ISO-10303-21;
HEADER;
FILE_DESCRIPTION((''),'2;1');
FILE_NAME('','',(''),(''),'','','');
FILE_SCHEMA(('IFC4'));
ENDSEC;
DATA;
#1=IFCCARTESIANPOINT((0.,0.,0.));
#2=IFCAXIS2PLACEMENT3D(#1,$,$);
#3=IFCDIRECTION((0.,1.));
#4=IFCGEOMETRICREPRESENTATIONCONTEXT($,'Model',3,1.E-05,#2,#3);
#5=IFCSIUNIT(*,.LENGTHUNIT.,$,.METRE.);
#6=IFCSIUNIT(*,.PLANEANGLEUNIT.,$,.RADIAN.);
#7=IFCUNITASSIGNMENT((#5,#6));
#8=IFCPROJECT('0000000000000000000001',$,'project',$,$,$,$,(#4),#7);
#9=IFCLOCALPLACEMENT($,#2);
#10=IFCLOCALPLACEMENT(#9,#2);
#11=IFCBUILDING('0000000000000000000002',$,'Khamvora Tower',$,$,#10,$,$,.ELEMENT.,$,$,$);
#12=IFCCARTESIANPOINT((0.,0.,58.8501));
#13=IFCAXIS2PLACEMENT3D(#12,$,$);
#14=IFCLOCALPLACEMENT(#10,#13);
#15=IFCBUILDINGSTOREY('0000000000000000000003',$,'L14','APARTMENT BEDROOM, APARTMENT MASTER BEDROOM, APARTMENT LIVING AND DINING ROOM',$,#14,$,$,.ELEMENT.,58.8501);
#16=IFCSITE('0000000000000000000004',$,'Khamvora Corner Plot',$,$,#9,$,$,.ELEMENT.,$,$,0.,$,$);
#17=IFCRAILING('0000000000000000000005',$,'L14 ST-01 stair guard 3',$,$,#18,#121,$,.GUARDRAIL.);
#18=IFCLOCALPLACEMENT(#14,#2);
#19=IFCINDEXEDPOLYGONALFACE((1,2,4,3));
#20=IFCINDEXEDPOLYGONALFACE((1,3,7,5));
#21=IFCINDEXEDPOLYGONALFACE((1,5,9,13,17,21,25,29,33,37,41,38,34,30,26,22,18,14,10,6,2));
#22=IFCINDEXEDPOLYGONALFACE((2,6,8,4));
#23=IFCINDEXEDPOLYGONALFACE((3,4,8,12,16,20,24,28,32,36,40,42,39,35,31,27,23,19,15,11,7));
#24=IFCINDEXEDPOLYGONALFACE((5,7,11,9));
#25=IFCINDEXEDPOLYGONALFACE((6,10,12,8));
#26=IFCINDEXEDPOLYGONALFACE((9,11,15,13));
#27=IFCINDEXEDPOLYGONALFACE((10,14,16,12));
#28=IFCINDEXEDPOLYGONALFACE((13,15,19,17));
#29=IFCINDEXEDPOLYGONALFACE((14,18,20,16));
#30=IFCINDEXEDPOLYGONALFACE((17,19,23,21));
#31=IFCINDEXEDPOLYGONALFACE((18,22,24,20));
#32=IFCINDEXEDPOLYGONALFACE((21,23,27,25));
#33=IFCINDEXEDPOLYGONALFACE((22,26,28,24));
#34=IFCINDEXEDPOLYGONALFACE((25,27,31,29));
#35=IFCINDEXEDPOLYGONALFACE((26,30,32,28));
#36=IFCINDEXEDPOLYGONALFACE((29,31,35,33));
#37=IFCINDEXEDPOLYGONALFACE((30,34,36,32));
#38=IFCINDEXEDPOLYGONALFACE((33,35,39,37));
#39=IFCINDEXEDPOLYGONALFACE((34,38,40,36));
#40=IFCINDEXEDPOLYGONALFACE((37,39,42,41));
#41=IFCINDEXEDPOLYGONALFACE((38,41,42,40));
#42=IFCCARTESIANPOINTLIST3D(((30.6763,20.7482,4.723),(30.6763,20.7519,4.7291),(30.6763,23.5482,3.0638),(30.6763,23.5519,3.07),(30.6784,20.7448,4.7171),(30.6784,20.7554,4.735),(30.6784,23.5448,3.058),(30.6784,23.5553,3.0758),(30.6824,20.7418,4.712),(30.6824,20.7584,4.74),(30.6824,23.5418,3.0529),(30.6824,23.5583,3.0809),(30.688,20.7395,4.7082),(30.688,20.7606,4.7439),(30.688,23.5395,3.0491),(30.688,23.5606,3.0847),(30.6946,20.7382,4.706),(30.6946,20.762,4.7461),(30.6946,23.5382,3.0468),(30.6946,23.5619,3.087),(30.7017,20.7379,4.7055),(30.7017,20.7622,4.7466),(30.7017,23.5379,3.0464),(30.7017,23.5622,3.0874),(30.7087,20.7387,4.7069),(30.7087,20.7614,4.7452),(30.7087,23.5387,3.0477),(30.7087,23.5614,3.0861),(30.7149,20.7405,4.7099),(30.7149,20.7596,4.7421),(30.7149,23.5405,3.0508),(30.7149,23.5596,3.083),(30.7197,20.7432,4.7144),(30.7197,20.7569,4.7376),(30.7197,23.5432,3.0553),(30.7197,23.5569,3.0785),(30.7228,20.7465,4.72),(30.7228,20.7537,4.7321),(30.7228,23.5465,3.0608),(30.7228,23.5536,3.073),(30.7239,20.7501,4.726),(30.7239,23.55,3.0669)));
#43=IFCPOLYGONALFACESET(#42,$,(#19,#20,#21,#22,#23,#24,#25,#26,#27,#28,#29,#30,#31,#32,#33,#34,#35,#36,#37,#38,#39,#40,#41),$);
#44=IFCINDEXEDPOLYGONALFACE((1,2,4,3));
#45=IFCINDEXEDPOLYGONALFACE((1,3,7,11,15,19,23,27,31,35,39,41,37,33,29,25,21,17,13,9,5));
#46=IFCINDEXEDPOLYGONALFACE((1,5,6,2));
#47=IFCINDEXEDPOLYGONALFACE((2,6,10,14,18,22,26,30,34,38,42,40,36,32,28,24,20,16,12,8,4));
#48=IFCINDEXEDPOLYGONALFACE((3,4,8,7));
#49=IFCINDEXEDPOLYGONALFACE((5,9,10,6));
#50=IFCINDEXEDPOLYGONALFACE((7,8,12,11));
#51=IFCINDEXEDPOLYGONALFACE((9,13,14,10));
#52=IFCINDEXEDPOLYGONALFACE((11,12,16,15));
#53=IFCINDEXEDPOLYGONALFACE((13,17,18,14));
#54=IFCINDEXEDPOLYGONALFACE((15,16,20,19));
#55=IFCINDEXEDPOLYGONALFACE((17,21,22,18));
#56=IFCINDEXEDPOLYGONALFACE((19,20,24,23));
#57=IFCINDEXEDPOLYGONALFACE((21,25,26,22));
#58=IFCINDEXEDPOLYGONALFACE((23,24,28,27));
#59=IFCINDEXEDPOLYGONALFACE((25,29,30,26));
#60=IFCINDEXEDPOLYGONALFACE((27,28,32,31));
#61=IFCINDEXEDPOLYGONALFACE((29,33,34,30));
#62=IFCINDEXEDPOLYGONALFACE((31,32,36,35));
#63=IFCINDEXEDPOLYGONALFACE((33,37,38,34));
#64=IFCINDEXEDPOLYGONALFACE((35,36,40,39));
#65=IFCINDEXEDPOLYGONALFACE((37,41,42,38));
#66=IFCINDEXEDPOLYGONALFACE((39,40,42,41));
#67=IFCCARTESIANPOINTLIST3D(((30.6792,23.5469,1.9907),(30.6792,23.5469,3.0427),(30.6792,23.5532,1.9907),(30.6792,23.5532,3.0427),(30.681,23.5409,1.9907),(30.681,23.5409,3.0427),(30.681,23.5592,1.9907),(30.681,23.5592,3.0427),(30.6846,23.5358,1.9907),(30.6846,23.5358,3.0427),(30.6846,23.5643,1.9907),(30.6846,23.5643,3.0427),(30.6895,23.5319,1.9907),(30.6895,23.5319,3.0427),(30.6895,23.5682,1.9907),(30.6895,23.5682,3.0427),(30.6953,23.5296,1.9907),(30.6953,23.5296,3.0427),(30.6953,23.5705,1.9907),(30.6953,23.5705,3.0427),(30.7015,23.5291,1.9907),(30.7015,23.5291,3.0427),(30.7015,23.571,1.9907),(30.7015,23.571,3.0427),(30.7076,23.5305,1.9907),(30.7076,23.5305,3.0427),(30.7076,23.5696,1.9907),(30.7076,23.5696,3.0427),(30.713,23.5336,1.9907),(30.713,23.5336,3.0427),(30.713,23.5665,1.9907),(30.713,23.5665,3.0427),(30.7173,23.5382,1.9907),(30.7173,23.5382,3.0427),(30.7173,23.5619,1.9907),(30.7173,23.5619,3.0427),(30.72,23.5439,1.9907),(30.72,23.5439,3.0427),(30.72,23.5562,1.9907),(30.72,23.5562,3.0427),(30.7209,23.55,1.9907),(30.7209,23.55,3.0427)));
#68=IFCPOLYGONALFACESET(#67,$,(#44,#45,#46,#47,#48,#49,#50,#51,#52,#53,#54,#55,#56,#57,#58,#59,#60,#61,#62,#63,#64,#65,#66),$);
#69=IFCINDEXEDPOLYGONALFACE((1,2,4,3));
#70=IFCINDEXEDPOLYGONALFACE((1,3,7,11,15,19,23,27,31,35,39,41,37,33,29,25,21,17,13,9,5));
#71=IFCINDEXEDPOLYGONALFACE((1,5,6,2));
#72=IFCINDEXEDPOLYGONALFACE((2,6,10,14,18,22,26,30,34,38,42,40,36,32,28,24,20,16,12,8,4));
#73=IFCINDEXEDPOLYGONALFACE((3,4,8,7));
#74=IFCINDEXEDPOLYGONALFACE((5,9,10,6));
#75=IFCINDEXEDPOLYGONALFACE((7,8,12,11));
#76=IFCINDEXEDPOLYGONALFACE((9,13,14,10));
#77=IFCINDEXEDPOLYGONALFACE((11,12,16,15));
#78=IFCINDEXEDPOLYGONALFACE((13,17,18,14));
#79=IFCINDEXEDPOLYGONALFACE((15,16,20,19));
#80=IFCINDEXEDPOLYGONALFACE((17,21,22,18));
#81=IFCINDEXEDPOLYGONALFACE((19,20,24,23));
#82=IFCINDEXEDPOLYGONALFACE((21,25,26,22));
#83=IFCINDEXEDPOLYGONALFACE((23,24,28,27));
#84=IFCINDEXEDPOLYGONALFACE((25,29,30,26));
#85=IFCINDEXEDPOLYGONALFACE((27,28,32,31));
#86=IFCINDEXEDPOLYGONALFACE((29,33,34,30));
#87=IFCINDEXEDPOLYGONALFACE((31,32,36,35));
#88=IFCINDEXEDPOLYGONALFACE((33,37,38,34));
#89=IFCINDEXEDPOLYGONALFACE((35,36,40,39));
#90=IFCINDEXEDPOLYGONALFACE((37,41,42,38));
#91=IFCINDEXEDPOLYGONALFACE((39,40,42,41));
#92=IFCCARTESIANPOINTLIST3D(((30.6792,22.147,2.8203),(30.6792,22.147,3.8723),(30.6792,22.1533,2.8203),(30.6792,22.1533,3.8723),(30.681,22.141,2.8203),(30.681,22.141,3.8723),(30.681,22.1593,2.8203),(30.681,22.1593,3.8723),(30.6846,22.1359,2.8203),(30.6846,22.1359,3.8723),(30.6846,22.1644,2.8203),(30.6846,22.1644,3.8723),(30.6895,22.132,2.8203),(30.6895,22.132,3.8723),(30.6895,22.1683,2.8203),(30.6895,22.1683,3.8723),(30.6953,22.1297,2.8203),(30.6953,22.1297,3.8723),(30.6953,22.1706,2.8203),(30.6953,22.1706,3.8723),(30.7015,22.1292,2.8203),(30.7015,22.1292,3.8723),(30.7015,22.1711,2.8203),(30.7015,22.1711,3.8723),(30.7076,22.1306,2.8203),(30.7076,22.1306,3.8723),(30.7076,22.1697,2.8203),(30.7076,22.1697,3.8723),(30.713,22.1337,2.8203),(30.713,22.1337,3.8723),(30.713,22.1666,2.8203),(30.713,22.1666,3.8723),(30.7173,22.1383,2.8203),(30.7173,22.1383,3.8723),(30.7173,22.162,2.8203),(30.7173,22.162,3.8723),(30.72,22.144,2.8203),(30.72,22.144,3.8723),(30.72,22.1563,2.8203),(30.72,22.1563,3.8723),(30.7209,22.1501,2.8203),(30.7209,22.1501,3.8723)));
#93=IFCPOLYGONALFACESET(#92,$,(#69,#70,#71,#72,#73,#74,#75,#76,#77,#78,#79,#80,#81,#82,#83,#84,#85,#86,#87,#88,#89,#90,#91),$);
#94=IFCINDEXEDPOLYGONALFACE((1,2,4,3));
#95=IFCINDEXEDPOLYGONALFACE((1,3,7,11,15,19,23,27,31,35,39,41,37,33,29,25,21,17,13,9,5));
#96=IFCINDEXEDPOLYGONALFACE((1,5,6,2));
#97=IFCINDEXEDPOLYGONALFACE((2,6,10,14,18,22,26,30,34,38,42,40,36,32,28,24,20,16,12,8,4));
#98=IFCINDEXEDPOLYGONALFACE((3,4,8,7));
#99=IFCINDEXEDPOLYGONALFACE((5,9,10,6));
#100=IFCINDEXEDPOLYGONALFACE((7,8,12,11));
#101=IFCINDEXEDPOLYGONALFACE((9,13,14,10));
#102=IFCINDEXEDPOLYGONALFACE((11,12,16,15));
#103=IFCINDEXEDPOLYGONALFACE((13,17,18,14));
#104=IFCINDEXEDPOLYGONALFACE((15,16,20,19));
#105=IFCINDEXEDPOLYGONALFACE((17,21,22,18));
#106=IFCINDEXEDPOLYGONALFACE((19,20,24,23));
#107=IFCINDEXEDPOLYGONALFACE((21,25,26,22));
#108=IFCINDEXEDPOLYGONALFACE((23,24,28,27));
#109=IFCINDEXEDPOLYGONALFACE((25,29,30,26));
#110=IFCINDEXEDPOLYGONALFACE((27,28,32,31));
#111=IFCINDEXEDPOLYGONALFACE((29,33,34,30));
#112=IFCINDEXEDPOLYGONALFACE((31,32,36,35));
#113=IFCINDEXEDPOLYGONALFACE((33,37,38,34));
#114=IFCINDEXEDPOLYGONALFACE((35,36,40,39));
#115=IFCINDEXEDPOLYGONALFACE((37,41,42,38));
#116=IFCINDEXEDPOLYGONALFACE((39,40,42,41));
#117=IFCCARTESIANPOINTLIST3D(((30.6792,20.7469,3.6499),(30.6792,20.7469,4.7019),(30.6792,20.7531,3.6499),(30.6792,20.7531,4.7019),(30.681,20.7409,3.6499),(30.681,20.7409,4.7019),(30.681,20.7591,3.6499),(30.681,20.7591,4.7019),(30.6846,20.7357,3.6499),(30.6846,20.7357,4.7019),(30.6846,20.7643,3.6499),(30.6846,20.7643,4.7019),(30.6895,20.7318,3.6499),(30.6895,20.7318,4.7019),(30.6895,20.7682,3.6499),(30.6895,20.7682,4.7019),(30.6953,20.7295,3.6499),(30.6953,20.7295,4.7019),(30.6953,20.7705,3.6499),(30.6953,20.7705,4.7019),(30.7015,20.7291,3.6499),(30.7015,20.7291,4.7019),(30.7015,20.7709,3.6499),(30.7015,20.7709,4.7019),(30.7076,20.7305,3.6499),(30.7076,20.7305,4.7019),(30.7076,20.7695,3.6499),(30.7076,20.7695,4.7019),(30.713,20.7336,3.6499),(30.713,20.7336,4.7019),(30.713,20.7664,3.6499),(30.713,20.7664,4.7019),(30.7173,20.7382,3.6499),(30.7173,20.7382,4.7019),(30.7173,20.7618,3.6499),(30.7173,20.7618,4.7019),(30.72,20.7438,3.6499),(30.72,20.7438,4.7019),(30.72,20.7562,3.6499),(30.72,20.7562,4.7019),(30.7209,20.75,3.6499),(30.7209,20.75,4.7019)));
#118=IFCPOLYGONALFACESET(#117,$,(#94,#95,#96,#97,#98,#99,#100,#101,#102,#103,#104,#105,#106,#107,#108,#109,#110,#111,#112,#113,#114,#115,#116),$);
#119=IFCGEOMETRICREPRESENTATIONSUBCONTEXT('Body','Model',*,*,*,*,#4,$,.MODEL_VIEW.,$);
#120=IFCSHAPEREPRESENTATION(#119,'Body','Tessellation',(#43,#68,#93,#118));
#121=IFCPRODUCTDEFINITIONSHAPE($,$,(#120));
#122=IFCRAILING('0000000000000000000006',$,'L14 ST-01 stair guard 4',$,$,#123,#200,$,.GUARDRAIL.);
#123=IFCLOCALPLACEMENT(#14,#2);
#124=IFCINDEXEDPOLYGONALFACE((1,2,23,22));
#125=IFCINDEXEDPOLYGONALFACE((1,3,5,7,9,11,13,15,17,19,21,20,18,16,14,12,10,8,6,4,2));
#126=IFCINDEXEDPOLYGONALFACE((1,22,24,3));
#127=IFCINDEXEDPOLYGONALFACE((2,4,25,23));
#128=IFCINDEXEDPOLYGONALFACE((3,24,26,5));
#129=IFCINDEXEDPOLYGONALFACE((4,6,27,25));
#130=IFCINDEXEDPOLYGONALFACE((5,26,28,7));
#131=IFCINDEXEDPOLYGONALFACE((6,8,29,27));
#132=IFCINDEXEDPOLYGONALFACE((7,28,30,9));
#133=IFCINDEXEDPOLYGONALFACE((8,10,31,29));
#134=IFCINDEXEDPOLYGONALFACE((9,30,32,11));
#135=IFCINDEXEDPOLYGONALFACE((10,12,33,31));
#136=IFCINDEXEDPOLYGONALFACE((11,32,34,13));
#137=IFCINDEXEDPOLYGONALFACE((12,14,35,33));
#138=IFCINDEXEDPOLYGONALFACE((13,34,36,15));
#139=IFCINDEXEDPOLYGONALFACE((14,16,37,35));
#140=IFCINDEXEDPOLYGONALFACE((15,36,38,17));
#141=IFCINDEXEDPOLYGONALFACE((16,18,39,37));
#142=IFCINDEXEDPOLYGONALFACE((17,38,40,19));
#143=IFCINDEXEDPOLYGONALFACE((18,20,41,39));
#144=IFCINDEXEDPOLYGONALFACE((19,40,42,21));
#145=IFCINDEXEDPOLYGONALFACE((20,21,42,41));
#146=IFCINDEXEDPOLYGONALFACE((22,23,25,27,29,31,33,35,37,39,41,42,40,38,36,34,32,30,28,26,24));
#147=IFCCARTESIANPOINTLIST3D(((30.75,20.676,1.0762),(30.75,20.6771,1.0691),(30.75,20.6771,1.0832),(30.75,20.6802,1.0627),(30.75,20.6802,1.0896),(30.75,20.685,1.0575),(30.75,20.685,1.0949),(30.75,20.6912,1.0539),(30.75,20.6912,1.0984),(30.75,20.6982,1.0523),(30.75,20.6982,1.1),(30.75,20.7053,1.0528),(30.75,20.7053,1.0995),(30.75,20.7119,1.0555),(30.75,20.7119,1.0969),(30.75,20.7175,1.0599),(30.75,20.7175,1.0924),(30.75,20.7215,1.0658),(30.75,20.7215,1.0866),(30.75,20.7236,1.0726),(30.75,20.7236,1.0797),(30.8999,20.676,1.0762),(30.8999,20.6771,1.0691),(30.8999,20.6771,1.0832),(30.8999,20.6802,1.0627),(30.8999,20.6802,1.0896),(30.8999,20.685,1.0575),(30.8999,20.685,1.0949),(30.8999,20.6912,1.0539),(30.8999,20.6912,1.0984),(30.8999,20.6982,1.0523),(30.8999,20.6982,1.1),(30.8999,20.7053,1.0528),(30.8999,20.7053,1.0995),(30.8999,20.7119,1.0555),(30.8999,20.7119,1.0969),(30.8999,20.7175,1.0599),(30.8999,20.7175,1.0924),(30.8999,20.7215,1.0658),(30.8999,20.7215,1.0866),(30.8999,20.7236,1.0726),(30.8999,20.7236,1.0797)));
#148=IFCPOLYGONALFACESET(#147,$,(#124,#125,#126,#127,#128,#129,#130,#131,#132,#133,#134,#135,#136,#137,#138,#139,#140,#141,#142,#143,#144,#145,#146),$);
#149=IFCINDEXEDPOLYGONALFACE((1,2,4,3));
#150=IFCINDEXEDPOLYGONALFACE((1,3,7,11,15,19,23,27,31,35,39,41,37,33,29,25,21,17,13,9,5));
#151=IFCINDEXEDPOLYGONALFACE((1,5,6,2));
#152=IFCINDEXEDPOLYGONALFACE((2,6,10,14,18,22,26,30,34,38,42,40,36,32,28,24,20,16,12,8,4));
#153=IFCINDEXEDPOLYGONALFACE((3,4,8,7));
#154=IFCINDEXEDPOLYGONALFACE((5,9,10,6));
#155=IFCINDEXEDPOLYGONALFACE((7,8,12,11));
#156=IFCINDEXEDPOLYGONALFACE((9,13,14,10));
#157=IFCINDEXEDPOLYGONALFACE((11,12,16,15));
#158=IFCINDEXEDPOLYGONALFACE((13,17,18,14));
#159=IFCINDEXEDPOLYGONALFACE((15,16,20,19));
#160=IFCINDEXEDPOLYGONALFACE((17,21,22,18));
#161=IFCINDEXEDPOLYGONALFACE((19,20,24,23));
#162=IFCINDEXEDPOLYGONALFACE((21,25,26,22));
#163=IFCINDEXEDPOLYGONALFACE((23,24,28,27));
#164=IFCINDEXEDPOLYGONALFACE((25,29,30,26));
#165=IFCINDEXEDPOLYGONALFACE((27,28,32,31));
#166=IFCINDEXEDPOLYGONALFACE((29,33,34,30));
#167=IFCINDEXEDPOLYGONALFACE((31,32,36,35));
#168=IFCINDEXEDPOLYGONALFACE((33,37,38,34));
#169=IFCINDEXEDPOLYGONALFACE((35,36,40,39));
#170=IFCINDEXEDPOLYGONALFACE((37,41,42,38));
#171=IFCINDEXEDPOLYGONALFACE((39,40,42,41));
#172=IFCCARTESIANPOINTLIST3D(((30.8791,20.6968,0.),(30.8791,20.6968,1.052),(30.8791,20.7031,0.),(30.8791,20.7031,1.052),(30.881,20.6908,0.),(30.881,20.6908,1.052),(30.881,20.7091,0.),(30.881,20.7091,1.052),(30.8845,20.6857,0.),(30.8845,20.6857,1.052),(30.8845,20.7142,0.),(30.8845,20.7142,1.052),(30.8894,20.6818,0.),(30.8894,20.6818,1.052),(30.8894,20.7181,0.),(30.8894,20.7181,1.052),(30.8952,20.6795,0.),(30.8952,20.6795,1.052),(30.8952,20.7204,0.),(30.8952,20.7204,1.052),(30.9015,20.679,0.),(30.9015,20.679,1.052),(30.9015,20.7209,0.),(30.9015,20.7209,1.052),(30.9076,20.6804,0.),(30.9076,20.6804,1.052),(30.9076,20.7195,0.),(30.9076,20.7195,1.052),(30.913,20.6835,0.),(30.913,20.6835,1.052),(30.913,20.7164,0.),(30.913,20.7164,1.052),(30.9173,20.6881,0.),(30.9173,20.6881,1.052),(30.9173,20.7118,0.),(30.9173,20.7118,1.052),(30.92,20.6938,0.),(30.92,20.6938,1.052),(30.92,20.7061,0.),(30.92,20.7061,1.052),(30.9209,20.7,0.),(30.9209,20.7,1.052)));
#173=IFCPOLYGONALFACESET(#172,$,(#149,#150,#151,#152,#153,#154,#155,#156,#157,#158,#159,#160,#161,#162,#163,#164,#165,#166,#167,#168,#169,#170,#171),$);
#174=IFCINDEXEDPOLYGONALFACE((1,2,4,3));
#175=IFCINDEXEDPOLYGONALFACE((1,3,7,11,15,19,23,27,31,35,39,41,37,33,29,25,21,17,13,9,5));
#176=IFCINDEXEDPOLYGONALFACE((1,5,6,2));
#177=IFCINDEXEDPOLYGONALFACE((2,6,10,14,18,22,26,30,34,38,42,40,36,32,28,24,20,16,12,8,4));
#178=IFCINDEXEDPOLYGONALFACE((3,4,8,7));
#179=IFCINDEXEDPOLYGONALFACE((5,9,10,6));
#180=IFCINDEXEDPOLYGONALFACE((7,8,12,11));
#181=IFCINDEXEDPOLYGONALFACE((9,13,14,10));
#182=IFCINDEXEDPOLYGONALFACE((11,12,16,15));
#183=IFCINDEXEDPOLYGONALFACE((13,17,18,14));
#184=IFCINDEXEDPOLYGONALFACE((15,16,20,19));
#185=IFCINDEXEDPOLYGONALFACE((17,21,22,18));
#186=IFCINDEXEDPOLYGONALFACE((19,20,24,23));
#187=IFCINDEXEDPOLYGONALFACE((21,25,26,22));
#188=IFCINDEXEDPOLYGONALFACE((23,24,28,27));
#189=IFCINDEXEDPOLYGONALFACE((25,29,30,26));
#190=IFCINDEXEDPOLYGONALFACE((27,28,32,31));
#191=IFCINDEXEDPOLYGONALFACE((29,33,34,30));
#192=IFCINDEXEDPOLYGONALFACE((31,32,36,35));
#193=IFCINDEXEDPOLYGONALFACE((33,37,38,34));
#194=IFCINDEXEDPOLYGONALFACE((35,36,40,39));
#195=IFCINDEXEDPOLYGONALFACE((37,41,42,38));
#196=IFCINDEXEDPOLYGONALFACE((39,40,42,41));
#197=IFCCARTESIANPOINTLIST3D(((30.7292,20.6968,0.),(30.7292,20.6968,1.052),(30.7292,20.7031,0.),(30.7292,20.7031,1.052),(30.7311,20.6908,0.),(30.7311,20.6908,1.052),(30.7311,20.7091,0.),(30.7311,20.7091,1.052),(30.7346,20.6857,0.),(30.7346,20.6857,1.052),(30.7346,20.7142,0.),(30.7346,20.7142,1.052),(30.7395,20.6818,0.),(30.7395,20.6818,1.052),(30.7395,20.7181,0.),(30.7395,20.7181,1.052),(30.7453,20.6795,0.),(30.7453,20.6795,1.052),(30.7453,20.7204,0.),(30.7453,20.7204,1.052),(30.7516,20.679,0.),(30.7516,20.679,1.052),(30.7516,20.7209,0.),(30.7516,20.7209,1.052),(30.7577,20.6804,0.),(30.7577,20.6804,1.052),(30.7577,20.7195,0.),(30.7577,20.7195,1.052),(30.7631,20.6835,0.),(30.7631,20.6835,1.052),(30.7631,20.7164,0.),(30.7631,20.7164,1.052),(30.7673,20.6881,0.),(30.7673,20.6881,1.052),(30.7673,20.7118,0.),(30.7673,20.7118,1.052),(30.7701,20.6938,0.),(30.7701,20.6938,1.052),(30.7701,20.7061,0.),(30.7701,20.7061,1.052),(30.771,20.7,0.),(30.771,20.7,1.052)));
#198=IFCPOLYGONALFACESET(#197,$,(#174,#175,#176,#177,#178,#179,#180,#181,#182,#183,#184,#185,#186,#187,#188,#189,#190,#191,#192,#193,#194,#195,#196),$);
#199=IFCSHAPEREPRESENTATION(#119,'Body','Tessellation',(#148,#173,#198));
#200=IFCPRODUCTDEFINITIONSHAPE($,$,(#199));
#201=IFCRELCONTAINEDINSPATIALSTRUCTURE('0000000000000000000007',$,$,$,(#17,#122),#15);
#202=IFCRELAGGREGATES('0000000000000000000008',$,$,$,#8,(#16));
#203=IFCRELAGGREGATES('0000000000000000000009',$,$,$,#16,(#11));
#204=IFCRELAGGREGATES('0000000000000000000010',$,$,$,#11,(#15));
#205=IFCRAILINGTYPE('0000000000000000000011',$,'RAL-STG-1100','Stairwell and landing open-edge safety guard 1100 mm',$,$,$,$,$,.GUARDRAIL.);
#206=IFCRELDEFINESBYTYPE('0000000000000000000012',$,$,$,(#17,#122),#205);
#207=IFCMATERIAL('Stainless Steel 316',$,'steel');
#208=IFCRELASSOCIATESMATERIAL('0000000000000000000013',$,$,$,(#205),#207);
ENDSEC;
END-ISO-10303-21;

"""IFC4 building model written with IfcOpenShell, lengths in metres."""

from ifc_helpers import new_model, si_unit, direction, frame, origin, origin_2d, place, context, subcontext, project, spatial, circle, extrude, material, type_object, element, save


model = new_model("IFC4")

# Units and contexts
model_context = context("Model", 3, precision=1e-05, world=origin(), true_north=direction((0.0, 1.0)))
body_context = subcontext(model_context, "Body", "Model", "MODEL_VIEW")
ifc_project = project(units=[si_unit("LENGTHUNIT", "METRE"), si_unit("PLANEANGLEUNIT", "RADIAN")], contexts=[model_context])

# Site, building, storey
site_placement = place(None, origin())
site = spatial("IfcSite", under=ifc_project, at=site_placement, Name="Khamvora Corner Plot", CompositionType="ELEMENT", RefElevation=0.0)
building_placement = place(site_placement, origin())
building = spatial("IfcBuilding", under=site, at=building_placement, Name="Khamvora Tower", CompositionType="ELEMENT")
storey_placement = place(building_placement, frame((0.0, 0.0, 58.8501)))
storey = spatial("IfcBuildingStorey", under=building, at=storey_placement, Name="L14", Description="APARTMENT BEDROOM, APARTMENT MASTER BEDROOM, APARTMENT LIVING AND DINING ROOM", CompositionType="ELEMENT", Elevation=58.8501)

# Railings
ifc_material_1 = material(Name="Stainless Steel 316", Category="steel")
railing_type_1 = type_object("IfcRailingType", Name="RAL-STG-1100", Description="Stairwell and landing open-edge safety guard 1100 mm", PredefinedType="GUARDRAIL", material=ifc_material_1)
railing_1_placement = place(storey_placement, frame((30.7, 23.55, 1.9907)))
element("IfcRailing", 1, at=railing_1_placement, inside=storey, type_object=railing_type_1, Name="L14 ST-01 stair guard 3", PredefinedType="GUARDRAIL", context=body_context, shape_type="SweptSolid", body=[
    extrude(circle(Radius=0.0239, at=origin_2d()), frame((0.0, 0.0, 1.0762), z_axis=(0.0, -0.860306, 0.509778), x_axis=(1.0, 0.0, 0.0)), (0.0, 0.0, 1.0), 3.2546),
    extrude(circle(Radius=0.021, at=origin_2d()), origin(), (0.0, 0.0, 1.0), 1.052),
    extrude(circle(Radius=0.021, at=origin_2d()), frame((0.0, -1.3999, 0.8296)), (0.0, 0.0, 1.0), 1.052),
    extrude(circle(Radius=0.021, at=origin_2d()), frame((0.0, -2.8, 1.6592)), (0.0, 0.0, 1.0), 1.052),
])
railing_2_placement = place(storey_placement, frame((30.8999, 20.7, 0.0)))
element("IfcRailing", 2, at=railing_2_placement, inside=storey, type_object=railing_type_1, Name="L14 ST-01 stair guard 4", PredefinedType="GUARDRAIL", context=body_context, shape_type="SweptSolid", body=[
    extrude(circle(Radius=0.0239, at=origin_2d()), frame((0.0, 0.0, 1.0762), z_axis=(-1.0, 0.0, 0.0), x_axis=(0.0, -1.0, 0.0)), (0.0, 0.0, 1.0), 0.1499),
    extrude(circle(Radius=0.021, at=origin_2d()), origin(), (0.0, 0.0, 1.0), 1.052),
    extrude(circle(Radius=0.021, at=origin_2d()), frame((-0.1499, 0.0, 0.0)), (0.0, 0.0, 1.0), 1.052),
])

save(model, "model.ifc")
